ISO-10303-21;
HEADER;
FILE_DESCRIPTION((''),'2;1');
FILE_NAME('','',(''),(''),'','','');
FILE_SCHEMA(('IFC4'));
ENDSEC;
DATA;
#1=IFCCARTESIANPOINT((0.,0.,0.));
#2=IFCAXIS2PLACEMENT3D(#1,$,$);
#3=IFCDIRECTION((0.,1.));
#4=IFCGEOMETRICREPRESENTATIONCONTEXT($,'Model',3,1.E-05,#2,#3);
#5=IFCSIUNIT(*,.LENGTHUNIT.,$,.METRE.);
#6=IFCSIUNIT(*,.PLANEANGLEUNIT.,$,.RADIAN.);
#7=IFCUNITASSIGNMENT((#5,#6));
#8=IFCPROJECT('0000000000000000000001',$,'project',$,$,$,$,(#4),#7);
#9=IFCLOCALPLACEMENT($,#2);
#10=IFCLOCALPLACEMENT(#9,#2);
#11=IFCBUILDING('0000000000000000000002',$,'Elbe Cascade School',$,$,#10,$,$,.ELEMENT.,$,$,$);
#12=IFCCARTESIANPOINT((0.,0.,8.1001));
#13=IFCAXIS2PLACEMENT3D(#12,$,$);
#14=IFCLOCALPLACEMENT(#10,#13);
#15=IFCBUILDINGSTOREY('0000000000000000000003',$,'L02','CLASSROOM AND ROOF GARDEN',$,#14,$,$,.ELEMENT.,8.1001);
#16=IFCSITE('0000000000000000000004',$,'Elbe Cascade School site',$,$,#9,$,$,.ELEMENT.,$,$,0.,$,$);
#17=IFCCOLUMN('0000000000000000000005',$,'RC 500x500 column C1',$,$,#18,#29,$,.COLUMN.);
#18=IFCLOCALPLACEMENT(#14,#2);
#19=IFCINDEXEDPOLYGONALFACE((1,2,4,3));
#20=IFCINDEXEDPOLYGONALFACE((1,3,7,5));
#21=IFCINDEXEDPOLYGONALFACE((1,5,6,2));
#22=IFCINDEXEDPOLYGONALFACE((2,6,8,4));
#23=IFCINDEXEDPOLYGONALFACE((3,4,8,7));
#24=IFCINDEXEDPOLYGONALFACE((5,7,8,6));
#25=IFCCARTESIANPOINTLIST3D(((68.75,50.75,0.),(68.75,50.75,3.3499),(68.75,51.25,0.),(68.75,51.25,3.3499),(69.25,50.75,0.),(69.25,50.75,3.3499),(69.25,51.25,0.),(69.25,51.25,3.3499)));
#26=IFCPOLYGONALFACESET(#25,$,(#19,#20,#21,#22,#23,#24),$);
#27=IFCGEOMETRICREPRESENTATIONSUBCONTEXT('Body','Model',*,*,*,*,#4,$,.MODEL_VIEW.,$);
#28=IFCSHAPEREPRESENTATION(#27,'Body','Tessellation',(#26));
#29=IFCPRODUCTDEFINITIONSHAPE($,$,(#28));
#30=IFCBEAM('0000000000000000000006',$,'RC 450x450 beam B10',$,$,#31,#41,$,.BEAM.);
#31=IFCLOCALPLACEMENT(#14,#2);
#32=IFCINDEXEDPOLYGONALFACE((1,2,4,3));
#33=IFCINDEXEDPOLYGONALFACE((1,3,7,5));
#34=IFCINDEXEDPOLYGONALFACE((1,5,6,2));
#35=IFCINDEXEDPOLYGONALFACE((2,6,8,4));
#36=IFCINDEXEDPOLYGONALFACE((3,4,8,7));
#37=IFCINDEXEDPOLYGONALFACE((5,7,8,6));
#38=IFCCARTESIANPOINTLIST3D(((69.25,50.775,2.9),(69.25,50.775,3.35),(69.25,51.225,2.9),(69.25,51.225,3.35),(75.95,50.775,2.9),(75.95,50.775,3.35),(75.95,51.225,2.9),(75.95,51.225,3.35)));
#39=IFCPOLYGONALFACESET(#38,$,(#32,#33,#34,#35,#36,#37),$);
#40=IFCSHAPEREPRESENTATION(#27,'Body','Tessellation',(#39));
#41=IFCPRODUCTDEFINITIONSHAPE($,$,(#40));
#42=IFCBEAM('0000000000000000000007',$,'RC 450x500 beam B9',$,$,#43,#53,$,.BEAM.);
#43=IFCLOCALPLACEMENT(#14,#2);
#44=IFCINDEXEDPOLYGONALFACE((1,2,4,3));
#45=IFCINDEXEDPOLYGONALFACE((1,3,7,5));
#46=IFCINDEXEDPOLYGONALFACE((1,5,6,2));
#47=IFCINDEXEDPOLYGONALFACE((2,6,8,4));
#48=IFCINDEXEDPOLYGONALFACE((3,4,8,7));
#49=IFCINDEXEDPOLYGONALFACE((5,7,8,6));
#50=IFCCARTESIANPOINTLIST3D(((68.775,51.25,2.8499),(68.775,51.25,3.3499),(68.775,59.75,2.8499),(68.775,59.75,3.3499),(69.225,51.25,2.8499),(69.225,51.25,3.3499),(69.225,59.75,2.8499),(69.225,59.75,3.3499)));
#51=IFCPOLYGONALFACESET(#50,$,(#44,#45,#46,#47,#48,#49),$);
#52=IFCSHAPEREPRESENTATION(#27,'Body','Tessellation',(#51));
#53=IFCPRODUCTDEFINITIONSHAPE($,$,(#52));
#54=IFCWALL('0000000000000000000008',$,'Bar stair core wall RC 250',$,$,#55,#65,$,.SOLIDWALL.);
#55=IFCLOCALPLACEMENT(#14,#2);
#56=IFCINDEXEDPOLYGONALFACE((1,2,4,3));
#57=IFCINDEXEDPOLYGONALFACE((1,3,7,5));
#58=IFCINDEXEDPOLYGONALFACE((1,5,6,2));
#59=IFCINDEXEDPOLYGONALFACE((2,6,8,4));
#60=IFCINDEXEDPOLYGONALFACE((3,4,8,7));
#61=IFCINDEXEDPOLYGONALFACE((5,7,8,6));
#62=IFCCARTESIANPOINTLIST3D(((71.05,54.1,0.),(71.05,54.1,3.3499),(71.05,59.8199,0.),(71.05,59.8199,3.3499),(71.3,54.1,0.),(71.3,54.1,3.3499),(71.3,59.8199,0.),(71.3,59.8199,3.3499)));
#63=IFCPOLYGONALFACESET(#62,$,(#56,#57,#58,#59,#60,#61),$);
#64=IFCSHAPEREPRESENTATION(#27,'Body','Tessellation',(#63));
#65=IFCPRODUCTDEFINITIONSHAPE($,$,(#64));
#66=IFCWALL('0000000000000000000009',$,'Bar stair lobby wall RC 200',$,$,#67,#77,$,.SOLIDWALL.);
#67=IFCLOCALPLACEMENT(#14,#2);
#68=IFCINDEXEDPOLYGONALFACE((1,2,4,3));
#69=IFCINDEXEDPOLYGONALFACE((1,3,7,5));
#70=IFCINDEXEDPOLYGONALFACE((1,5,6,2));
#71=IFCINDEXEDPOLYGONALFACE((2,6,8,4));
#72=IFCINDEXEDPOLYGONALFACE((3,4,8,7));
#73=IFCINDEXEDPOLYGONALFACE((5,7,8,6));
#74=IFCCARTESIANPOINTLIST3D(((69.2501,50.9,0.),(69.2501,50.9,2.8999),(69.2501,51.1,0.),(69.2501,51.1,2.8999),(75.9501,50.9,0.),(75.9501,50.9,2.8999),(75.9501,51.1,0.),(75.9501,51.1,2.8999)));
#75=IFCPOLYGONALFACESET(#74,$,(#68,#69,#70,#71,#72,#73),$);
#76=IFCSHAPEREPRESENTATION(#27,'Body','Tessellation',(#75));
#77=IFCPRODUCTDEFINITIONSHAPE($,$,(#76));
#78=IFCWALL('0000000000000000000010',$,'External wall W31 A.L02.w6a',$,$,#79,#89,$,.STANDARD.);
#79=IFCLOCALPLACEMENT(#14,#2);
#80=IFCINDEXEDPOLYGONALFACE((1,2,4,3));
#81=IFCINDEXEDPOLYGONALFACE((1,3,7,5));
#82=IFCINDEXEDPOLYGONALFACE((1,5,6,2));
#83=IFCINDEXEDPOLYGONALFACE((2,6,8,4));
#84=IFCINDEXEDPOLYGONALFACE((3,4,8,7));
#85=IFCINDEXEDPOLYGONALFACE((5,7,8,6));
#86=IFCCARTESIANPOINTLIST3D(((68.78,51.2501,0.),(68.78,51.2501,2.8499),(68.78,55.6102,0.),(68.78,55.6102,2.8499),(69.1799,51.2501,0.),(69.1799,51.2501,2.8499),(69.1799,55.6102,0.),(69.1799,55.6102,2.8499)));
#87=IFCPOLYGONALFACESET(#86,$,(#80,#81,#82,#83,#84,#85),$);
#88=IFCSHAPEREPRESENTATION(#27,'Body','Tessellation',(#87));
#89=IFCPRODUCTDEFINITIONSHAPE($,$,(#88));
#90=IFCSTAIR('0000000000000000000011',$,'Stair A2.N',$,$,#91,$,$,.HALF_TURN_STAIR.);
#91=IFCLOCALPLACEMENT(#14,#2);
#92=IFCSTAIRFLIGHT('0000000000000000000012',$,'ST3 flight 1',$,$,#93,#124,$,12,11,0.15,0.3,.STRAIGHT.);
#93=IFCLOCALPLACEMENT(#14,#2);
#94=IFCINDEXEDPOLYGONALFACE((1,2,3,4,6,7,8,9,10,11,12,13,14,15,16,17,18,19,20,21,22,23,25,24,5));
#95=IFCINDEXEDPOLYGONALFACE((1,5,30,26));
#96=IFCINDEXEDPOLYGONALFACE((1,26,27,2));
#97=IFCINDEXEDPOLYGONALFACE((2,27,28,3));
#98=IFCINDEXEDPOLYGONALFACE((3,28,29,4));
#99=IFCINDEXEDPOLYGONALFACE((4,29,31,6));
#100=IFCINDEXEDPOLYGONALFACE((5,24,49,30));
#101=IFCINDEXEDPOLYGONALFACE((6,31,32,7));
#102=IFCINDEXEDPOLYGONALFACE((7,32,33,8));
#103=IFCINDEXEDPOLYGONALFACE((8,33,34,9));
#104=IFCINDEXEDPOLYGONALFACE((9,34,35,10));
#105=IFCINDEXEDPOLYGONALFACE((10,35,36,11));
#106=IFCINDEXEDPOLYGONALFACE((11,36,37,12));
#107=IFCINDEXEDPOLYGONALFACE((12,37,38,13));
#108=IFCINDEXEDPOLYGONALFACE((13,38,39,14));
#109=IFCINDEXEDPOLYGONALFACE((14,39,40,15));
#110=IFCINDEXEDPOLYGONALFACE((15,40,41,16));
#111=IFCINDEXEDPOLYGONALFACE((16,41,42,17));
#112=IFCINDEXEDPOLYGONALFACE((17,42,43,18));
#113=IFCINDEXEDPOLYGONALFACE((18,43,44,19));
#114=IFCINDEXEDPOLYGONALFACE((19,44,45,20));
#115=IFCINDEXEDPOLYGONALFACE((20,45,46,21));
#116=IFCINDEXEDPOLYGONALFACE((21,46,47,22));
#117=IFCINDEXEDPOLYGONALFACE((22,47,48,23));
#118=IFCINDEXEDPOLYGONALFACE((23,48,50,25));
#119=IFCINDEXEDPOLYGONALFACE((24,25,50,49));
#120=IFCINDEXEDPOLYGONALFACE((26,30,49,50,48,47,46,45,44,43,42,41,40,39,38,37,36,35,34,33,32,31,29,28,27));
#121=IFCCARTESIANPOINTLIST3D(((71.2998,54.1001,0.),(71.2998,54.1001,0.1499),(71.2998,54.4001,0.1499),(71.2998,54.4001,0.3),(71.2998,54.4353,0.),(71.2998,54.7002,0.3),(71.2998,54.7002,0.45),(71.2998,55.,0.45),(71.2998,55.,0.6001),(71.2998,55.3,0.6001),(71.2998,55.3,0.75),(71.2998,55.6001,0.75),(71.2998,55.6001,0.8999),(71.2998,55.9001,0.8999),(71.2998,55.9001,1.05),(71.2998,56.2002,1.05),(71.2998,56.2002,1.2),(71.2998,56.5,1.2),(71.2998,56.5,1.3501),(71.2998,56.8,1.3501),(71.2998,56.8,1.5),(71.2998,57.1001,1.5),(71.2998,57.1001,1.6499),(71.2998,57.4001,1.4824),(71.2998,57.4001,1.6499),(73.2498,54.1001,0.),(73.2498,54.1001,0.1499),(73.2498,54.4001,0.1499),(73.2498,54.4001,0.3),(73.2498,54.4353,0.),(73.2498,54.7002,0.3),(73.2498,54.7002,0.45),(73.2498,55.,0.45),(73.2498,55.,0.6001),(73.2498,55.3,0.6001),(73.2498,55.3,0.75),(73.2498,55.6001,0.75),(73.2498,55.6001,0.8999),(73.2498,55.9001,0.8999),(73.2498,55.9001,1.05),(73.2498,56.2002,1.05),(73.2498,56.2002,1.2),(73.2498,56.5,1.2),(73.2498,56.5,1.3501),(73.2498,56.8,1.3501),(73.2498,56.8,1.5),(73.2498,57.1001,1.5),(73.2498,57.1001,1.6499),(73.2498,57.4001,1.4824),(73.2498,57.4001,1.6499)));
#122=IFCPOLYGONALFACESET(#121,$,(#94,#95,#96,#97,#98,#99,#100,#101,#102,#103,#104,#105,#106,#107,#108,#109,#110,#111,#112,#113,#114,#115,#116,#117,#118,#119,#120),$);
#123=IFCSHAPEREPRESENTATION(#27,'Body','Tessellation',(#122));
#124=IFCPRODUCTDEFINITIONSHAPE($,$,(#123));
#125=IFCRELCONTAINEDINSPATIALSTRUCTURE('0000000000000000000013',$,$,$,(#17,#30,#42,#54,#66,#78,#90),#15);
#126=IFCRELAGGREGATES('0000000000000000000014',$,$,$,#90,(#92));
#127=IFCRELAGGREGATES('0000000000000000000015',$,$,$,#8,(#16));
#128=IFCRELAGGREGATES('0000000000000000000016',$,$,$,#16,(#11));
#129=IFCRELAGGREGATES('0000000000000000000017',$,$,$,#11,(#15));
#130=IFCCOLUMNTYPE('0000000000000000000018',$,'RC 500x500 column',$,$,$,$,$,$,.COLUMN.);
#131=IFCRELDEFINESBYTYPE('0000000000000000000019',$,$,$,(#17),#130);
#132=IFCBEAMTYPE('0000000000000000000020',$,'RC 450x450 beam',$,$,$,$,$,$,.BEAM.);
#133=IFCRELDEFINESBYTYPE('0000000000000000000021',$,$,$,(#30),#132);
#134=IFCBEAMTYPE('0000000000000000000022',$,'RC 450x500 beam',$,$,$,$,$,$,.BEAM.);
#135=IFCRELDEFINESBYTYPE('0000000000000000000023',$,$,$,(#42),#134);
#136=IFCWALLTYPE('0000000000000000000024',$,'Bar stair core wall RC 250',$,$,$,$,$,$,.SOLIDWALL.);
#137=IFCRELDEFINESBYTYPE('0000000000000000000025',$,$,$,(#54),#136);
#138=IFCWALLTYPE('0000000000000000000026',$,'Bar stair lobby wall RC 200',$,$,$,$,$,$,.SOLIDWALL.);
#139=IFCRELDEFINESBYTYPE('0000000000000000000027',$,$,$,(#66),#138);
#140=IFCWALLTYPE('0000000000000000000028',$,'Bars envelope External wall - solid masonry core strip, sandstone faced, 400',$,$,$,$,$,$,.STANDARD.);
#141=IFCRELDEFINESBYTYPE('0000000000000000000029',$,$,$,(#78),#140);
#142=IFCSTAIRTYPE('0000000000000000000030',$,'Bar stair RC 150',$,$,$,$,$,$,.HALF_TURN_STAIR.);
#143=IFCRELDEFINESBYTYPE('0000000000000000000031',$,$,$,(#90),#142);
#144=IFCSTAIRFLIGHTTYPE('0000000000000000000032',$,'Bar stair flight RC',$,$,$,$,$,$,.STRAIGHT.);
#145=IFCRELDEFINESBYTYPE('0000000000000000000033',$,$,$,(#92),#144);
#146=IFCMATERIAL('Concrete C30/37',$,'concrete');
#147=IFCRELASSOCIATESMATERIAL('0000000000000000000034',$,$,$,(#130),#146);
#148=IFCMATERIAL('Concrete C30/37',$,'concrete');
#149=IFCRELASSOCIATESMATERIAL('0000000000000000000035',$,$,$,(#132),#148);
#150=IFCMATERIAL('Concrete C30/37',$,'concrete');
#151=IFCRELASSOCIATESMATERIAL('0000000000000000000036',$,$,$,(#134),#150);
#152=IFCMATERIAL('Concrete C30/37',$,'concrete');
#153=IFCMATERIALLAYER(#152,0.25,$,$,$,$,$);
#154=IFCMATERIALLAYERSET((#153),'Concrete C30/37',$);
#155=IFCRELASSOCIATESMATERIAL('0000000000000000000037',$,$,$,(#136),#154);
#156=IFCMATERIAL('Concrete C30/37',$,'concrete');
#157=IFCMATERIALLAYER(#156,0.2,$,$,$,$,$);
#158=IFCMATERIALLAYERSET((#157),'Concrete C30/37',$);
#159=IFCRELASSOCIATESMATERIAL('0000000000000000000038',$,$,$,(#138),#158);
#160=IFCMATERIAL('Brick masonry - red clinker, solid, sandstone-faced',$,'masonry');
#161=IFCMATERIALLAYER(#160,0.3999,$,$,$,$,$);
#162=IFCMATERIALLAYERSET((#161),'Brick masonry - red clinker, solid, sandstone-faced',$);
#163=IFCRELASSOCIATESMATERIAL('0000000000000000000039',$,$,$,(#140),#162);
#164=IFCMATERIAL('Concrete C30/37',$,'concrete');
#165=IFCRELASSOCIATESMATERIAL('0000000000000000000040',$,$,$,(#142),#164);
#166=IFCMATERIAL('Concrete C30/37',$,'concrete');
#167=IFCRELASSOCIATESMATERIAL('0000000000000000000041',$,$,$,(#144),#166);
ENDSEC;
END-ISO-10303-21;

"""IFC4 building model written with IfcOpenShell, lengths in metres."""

from ifc_helpers import new_model, si_unit, direction, frame, frame_2d, origin, origin_2d, place, context, subcontext, project, spatial, polyline, rectangle, outline, extrude, material, layer, layer_set, material_profile, profile_set, type_object, element, aggregate, save


model = new_model("IFC4")

# Units and contexts
model_context = context("Model", 3, precision=1e-05, world=origin(), true_north=direction((0.0, 1.0)))
body_context = subcontext(model_context, "Body", "Model", "MODEL_VIEW")
ifc_project = project(units=[si_unit("LENGTHUNIT", "METRE"), si_unit("PLANEANGLEUNIT", "RADIAN")], contexts=[model_context])

# Site, building, storey
site_placement = place(None, origin())
site = spatial("IfcSite", under=ifc_project, at=site_placement, Name="Elbe Cascade School site", CompositionType="ELEMENT", RefElevation=0.0)
building_placement = place(site_placement, origin())
building = spatial("IfcBuilding", under=site, at=building_placement, Name="Elbe Cascade School", CompositionType="ELEMENT")
storey_placement = place(building_placement, frame((0.0, 0.0, 8.1001)))
storey = spatial("IfcBuildingStorey", under=building, at=storey_placement, Name="L02", Description="CLASSROOM AND ROOF GARDEN", CompositionType="ELEMENT", Elevation=8.1001)

# Column
ifc_material_1 = material(Name="Concrete C30/37", Category="concrete")
ifc_material_profile_1 = material_profile(ifc_material_1, rectangle(XDim=0.5, YDim=0.5, at=origin_2d()), Name="RC 500x500")
ifc_profile_set_1 = profile_set([ifc_material_profile_1], Name="Concrete C30/37")
column_type = type_object("IfcColumnType", Name="RC 500x500 column", PredefinedType="COLUMN", material=ifc_profile_set_1)
column_placement = place(storey_placement, frame((69.0, 51.0, 0.0), z_axis=(0.0, 0.0, 1.0), x_axis=(1.0, 0.0, 0.0)))
element("IfcColumn", 1, at=column_placement, inside=storey, type_object=column_type, Name="RC 500x500 column C1", PredefinedType="COLUMN", context=body_context, shape_type="SweptSolid", body=[
    extrude(rectangle(XDim=0.5, YDim=0.5, at=origin_2d()), origin(), (0.0, 0.0, 1.0), 3.3499),
])

# Beams
ifc_material_2 = material(Name="Concrete C30/37", Category="concrete")
ifc_material_profile_2 = material_profile(ifc_material_2, rectangle(XDim=0.45, YDim=0.45, at=origin_2d()), Name="RC 450x450")
ifc_profile_set_2 = profile_set([ifc_material_profile_2], Name="Concrete C30/37")
beam_type_1 = type_object("IfcBeamType", Name="RC 450x450 beam", PredefinedType="BEAM", material=ifc_profile_set_2)
beam_1_placement = place(storey_placement, frame((69.25, 51.0, 3.125), z_axis=(1.0, 0.0, 0.0), x_axis=(0.0, 1.0, 0.0)))
element("IfcBeam", 2, at=beam_1_placement, inside=storey, type_object=beam_type_1, Name="RC 450x450 beam B10", PredefinedType="BEAM", context=body_context, shape_type="SweptSolid", body=[
    extrude(rectangle(XDim=0.45, YDim=0.45, at=origin_2d()), origin(), (0.0, 0.0, 1.0), 6.7),
])
ifc_material_3 = material(Name="Concrete C30/37", Category="concrete")
ifc_material_profile_3 = material_profile(ifc_material_3, rectangle(XDim=0.45, YDim=0.5, at=origin_2d()), Name="RC 450x500")
ifc_profile_set_3 = profile_set([ifc_material_profile_3], Name="Concrete C30/37")
beam_type_2 = type_object("IfcBeamType", Name="RC 450x500 beam", PredefinedType="BEAM", material=ifc_profile_set_3)
beam_2_placement = place(storey_placement, frame((69.0, 51.25, 3.0999), z_axis=(0.0, 1.0, 0.0), x_axis=(-1.0, 0.0, 0.0)))
element("IfcBeam", 3, at=beam_2_placement, inside=storey, type_object=beam_type_2, Name="RC 450x500 beam B9", PredefinedType="BEAM", context=body_context, shape_type="SweptSolid", body=[
    extrude(rectangle(XDim=0.45, YDim=0.5, at=origin_2d()), origin(), (0.0, 0.0, 1.0), 8.5),
])

# Walls
ifc_material_4 = material(Name="Concrete C30/37", Category="concrete")
ifc_layer_1 = layer(ifc_material_4, 0.25)
ifc_layer_set_1 = layer_set([ifc_layer_1], Name="Concrete C30/37")
wall_type_1 = type_object("IfcWallType", Name="Bar stair core wall RC 250", PredefinedType="SOLIDWALL", material=ifc_layer_set_1)
wall_1_placement = place(storey_placement, frame((71.175, 54.1001, 0.0), z_axis=(0.0, 0.0, 1.0), x_axis=(0.0, 1.0, 0.0)))
element("IfcWall", 4, at=wall_1_placement, inside=storey, type_object=wall_type_1, Name="Bar stair core wall RC 250", PredefinedType="SOLIDWALL", context=body_context, shape_type="SweptSolid", body=[
    extrude(rectangle(XDim=5.72, YDim=0.25, at=frame_2d((2.8599, 0.0))), origin(), (0.0, 0.0, 1.0), 3.3499),
])
ifc_material_5 = material(Name="Concrete C30/37", Category="concrete")
ifc_layer_2 = layer(ifc_material_5, 0.2)
ifc_layer_set_2 = layer_set([ifc_layer_2], Name="Concrete C30/37")
wall_type_2 = type_object("IfcWallType", Name="Bar stair lobby wall RC 200", PredefinedType="SOLIDWALL", material=ifc_layer_set_2)
wall_2_placement = place(storey_placement, frame((69.25, 51.0, 0.0), z_axis=(0.0, 0.0, 1.0), x_axis=(1.0, 0.0, 0.0)))
element("IfcWall", 5, at=wall_2_placement, inside=storey, type_object=wall_type_2, Name="Bar stair lobby wall RC 200", PredefinedType="SOLIDWALL", context=body_context, shape_type="SweptSolid", body=[
    extrude(rectangle(XDim=6.7, YDim=0.2, at=frame_2d((3.3501, 0.0))), origin(), (0.0, 0.0, 1.0), 2.8999),
])
ifc_material_6 = material(Name="Brick masonry - red clinker, solid, sandstone-faced", Category="masonry")
ifc_layer_3 = layer(ifc_material_6, 0.3999)
ifc_layer_set_3 = layer_set([ifc_layer_3], Name="Brick masonry - red clinker, solid, sandstone-faced")
wall_type_3 = type_object("IfcWallType", Name="Bars envelope External wall - solid masonry core strip, sandstone faced, 400", PredefinedType="STANDARD", material=ifc_layer_set_3)
wall_3_placement = place(storey_placement, frame((68.98, 51.25, 0.0), z_axis=(0.0, 0.0, 1.0), x_axis=(0.0, 1.0, 0.0)))
element("IfcWall", 6, at=wall_3_placement, inside=storey, type_object=wall_type_3, Name="External wall W31 A.L02.w6a", PredefinedType="STANDARD", context=body_context, shape_type="SweptSolid", body=[
    extrude(rectangle(XDim=4.3601, YDim=0.3999, at=frame_2d((2.1802, 0.0))), origin(), (0.0, 0.0, 1.0), 2.8499),
])

# Stair, stair flight
ifc_material_7 = material(Name="Concrete C30/37", Category="concrete")
stair_type = type_object("IfcStairType", Name="Bar stair RC 150", PredefinedType="HALF_TURN_STAIR", material=ifc_material_7)
stair_placement = place(storey_placement, origin())
stair = element("IfcStair", 7, at=stair_placement, inside=storey, type_object=stair_type, Name="Stair A2.N", PredefinedType="HALF_TURN_STAIR")
ifc_material_8 = material(Name="Concrete C30/37", Category="concrete")
stair_flight_type = type_object("IfcStairFlightType", Name="Bar stair flight RC", PredefinedType="STRAIGHT", material=ifc_material_8)
stair_flight_placement = place(storey_placement, frame((72.2749, 54.1001, 0.0), z_axis=(0.0, 0.0, 1.0), x_axis=(0.0, 1.0, 0.0)))
stair_flight = element("IfcStairFlight", 8, at=stair_flight_placement, type_object=stair_flight_type, Name="ST3 flight 1", NumberOfRisers=12, NumberOfTreads=11, PredefinedType="STRAIGHT", RiserHeight=0.15, TreadLength=0.3, context=body_context, shape_type="SweptSolid", body=[
    extrude(outline(polyline([(0.0, 0.0), (0.0, 0.1499), (0.3, 0.1499), (0.3, 0.3), (0.6001, 0.3), (0.6001, 0.45), (0.8999, 0.45), (0.8999, 0.6001), (1.2, 0.6001), (1.2, 0.75), (1.5, 0.75), (1.5, 0.8999), (1.8, 0.8999), (1.8, 1.05), (2.1001, 1.05), (2.1001, 1.2), (2.3999, 1.2), (2.3999, 1.3501), (2.7, 1.3501), (2.7, 1.5), (3.0, 1.5), (3.0, 1.6499), (3.3, 1.6499), (3.3, 1.8), (3.3, 1.4824), (0.3352, 0.0), (0.0, 0.0)])), frame((0.0, 0.9751, 0.0), z_axis=(0.0, -1.0, 0.0), x_axis=(1.0, 0.0, 0.0)), (0.0, 0.0, 1.0), 1.95),
])
aggregate(stair, [stair_flight])

save(model, "model.ifc")
